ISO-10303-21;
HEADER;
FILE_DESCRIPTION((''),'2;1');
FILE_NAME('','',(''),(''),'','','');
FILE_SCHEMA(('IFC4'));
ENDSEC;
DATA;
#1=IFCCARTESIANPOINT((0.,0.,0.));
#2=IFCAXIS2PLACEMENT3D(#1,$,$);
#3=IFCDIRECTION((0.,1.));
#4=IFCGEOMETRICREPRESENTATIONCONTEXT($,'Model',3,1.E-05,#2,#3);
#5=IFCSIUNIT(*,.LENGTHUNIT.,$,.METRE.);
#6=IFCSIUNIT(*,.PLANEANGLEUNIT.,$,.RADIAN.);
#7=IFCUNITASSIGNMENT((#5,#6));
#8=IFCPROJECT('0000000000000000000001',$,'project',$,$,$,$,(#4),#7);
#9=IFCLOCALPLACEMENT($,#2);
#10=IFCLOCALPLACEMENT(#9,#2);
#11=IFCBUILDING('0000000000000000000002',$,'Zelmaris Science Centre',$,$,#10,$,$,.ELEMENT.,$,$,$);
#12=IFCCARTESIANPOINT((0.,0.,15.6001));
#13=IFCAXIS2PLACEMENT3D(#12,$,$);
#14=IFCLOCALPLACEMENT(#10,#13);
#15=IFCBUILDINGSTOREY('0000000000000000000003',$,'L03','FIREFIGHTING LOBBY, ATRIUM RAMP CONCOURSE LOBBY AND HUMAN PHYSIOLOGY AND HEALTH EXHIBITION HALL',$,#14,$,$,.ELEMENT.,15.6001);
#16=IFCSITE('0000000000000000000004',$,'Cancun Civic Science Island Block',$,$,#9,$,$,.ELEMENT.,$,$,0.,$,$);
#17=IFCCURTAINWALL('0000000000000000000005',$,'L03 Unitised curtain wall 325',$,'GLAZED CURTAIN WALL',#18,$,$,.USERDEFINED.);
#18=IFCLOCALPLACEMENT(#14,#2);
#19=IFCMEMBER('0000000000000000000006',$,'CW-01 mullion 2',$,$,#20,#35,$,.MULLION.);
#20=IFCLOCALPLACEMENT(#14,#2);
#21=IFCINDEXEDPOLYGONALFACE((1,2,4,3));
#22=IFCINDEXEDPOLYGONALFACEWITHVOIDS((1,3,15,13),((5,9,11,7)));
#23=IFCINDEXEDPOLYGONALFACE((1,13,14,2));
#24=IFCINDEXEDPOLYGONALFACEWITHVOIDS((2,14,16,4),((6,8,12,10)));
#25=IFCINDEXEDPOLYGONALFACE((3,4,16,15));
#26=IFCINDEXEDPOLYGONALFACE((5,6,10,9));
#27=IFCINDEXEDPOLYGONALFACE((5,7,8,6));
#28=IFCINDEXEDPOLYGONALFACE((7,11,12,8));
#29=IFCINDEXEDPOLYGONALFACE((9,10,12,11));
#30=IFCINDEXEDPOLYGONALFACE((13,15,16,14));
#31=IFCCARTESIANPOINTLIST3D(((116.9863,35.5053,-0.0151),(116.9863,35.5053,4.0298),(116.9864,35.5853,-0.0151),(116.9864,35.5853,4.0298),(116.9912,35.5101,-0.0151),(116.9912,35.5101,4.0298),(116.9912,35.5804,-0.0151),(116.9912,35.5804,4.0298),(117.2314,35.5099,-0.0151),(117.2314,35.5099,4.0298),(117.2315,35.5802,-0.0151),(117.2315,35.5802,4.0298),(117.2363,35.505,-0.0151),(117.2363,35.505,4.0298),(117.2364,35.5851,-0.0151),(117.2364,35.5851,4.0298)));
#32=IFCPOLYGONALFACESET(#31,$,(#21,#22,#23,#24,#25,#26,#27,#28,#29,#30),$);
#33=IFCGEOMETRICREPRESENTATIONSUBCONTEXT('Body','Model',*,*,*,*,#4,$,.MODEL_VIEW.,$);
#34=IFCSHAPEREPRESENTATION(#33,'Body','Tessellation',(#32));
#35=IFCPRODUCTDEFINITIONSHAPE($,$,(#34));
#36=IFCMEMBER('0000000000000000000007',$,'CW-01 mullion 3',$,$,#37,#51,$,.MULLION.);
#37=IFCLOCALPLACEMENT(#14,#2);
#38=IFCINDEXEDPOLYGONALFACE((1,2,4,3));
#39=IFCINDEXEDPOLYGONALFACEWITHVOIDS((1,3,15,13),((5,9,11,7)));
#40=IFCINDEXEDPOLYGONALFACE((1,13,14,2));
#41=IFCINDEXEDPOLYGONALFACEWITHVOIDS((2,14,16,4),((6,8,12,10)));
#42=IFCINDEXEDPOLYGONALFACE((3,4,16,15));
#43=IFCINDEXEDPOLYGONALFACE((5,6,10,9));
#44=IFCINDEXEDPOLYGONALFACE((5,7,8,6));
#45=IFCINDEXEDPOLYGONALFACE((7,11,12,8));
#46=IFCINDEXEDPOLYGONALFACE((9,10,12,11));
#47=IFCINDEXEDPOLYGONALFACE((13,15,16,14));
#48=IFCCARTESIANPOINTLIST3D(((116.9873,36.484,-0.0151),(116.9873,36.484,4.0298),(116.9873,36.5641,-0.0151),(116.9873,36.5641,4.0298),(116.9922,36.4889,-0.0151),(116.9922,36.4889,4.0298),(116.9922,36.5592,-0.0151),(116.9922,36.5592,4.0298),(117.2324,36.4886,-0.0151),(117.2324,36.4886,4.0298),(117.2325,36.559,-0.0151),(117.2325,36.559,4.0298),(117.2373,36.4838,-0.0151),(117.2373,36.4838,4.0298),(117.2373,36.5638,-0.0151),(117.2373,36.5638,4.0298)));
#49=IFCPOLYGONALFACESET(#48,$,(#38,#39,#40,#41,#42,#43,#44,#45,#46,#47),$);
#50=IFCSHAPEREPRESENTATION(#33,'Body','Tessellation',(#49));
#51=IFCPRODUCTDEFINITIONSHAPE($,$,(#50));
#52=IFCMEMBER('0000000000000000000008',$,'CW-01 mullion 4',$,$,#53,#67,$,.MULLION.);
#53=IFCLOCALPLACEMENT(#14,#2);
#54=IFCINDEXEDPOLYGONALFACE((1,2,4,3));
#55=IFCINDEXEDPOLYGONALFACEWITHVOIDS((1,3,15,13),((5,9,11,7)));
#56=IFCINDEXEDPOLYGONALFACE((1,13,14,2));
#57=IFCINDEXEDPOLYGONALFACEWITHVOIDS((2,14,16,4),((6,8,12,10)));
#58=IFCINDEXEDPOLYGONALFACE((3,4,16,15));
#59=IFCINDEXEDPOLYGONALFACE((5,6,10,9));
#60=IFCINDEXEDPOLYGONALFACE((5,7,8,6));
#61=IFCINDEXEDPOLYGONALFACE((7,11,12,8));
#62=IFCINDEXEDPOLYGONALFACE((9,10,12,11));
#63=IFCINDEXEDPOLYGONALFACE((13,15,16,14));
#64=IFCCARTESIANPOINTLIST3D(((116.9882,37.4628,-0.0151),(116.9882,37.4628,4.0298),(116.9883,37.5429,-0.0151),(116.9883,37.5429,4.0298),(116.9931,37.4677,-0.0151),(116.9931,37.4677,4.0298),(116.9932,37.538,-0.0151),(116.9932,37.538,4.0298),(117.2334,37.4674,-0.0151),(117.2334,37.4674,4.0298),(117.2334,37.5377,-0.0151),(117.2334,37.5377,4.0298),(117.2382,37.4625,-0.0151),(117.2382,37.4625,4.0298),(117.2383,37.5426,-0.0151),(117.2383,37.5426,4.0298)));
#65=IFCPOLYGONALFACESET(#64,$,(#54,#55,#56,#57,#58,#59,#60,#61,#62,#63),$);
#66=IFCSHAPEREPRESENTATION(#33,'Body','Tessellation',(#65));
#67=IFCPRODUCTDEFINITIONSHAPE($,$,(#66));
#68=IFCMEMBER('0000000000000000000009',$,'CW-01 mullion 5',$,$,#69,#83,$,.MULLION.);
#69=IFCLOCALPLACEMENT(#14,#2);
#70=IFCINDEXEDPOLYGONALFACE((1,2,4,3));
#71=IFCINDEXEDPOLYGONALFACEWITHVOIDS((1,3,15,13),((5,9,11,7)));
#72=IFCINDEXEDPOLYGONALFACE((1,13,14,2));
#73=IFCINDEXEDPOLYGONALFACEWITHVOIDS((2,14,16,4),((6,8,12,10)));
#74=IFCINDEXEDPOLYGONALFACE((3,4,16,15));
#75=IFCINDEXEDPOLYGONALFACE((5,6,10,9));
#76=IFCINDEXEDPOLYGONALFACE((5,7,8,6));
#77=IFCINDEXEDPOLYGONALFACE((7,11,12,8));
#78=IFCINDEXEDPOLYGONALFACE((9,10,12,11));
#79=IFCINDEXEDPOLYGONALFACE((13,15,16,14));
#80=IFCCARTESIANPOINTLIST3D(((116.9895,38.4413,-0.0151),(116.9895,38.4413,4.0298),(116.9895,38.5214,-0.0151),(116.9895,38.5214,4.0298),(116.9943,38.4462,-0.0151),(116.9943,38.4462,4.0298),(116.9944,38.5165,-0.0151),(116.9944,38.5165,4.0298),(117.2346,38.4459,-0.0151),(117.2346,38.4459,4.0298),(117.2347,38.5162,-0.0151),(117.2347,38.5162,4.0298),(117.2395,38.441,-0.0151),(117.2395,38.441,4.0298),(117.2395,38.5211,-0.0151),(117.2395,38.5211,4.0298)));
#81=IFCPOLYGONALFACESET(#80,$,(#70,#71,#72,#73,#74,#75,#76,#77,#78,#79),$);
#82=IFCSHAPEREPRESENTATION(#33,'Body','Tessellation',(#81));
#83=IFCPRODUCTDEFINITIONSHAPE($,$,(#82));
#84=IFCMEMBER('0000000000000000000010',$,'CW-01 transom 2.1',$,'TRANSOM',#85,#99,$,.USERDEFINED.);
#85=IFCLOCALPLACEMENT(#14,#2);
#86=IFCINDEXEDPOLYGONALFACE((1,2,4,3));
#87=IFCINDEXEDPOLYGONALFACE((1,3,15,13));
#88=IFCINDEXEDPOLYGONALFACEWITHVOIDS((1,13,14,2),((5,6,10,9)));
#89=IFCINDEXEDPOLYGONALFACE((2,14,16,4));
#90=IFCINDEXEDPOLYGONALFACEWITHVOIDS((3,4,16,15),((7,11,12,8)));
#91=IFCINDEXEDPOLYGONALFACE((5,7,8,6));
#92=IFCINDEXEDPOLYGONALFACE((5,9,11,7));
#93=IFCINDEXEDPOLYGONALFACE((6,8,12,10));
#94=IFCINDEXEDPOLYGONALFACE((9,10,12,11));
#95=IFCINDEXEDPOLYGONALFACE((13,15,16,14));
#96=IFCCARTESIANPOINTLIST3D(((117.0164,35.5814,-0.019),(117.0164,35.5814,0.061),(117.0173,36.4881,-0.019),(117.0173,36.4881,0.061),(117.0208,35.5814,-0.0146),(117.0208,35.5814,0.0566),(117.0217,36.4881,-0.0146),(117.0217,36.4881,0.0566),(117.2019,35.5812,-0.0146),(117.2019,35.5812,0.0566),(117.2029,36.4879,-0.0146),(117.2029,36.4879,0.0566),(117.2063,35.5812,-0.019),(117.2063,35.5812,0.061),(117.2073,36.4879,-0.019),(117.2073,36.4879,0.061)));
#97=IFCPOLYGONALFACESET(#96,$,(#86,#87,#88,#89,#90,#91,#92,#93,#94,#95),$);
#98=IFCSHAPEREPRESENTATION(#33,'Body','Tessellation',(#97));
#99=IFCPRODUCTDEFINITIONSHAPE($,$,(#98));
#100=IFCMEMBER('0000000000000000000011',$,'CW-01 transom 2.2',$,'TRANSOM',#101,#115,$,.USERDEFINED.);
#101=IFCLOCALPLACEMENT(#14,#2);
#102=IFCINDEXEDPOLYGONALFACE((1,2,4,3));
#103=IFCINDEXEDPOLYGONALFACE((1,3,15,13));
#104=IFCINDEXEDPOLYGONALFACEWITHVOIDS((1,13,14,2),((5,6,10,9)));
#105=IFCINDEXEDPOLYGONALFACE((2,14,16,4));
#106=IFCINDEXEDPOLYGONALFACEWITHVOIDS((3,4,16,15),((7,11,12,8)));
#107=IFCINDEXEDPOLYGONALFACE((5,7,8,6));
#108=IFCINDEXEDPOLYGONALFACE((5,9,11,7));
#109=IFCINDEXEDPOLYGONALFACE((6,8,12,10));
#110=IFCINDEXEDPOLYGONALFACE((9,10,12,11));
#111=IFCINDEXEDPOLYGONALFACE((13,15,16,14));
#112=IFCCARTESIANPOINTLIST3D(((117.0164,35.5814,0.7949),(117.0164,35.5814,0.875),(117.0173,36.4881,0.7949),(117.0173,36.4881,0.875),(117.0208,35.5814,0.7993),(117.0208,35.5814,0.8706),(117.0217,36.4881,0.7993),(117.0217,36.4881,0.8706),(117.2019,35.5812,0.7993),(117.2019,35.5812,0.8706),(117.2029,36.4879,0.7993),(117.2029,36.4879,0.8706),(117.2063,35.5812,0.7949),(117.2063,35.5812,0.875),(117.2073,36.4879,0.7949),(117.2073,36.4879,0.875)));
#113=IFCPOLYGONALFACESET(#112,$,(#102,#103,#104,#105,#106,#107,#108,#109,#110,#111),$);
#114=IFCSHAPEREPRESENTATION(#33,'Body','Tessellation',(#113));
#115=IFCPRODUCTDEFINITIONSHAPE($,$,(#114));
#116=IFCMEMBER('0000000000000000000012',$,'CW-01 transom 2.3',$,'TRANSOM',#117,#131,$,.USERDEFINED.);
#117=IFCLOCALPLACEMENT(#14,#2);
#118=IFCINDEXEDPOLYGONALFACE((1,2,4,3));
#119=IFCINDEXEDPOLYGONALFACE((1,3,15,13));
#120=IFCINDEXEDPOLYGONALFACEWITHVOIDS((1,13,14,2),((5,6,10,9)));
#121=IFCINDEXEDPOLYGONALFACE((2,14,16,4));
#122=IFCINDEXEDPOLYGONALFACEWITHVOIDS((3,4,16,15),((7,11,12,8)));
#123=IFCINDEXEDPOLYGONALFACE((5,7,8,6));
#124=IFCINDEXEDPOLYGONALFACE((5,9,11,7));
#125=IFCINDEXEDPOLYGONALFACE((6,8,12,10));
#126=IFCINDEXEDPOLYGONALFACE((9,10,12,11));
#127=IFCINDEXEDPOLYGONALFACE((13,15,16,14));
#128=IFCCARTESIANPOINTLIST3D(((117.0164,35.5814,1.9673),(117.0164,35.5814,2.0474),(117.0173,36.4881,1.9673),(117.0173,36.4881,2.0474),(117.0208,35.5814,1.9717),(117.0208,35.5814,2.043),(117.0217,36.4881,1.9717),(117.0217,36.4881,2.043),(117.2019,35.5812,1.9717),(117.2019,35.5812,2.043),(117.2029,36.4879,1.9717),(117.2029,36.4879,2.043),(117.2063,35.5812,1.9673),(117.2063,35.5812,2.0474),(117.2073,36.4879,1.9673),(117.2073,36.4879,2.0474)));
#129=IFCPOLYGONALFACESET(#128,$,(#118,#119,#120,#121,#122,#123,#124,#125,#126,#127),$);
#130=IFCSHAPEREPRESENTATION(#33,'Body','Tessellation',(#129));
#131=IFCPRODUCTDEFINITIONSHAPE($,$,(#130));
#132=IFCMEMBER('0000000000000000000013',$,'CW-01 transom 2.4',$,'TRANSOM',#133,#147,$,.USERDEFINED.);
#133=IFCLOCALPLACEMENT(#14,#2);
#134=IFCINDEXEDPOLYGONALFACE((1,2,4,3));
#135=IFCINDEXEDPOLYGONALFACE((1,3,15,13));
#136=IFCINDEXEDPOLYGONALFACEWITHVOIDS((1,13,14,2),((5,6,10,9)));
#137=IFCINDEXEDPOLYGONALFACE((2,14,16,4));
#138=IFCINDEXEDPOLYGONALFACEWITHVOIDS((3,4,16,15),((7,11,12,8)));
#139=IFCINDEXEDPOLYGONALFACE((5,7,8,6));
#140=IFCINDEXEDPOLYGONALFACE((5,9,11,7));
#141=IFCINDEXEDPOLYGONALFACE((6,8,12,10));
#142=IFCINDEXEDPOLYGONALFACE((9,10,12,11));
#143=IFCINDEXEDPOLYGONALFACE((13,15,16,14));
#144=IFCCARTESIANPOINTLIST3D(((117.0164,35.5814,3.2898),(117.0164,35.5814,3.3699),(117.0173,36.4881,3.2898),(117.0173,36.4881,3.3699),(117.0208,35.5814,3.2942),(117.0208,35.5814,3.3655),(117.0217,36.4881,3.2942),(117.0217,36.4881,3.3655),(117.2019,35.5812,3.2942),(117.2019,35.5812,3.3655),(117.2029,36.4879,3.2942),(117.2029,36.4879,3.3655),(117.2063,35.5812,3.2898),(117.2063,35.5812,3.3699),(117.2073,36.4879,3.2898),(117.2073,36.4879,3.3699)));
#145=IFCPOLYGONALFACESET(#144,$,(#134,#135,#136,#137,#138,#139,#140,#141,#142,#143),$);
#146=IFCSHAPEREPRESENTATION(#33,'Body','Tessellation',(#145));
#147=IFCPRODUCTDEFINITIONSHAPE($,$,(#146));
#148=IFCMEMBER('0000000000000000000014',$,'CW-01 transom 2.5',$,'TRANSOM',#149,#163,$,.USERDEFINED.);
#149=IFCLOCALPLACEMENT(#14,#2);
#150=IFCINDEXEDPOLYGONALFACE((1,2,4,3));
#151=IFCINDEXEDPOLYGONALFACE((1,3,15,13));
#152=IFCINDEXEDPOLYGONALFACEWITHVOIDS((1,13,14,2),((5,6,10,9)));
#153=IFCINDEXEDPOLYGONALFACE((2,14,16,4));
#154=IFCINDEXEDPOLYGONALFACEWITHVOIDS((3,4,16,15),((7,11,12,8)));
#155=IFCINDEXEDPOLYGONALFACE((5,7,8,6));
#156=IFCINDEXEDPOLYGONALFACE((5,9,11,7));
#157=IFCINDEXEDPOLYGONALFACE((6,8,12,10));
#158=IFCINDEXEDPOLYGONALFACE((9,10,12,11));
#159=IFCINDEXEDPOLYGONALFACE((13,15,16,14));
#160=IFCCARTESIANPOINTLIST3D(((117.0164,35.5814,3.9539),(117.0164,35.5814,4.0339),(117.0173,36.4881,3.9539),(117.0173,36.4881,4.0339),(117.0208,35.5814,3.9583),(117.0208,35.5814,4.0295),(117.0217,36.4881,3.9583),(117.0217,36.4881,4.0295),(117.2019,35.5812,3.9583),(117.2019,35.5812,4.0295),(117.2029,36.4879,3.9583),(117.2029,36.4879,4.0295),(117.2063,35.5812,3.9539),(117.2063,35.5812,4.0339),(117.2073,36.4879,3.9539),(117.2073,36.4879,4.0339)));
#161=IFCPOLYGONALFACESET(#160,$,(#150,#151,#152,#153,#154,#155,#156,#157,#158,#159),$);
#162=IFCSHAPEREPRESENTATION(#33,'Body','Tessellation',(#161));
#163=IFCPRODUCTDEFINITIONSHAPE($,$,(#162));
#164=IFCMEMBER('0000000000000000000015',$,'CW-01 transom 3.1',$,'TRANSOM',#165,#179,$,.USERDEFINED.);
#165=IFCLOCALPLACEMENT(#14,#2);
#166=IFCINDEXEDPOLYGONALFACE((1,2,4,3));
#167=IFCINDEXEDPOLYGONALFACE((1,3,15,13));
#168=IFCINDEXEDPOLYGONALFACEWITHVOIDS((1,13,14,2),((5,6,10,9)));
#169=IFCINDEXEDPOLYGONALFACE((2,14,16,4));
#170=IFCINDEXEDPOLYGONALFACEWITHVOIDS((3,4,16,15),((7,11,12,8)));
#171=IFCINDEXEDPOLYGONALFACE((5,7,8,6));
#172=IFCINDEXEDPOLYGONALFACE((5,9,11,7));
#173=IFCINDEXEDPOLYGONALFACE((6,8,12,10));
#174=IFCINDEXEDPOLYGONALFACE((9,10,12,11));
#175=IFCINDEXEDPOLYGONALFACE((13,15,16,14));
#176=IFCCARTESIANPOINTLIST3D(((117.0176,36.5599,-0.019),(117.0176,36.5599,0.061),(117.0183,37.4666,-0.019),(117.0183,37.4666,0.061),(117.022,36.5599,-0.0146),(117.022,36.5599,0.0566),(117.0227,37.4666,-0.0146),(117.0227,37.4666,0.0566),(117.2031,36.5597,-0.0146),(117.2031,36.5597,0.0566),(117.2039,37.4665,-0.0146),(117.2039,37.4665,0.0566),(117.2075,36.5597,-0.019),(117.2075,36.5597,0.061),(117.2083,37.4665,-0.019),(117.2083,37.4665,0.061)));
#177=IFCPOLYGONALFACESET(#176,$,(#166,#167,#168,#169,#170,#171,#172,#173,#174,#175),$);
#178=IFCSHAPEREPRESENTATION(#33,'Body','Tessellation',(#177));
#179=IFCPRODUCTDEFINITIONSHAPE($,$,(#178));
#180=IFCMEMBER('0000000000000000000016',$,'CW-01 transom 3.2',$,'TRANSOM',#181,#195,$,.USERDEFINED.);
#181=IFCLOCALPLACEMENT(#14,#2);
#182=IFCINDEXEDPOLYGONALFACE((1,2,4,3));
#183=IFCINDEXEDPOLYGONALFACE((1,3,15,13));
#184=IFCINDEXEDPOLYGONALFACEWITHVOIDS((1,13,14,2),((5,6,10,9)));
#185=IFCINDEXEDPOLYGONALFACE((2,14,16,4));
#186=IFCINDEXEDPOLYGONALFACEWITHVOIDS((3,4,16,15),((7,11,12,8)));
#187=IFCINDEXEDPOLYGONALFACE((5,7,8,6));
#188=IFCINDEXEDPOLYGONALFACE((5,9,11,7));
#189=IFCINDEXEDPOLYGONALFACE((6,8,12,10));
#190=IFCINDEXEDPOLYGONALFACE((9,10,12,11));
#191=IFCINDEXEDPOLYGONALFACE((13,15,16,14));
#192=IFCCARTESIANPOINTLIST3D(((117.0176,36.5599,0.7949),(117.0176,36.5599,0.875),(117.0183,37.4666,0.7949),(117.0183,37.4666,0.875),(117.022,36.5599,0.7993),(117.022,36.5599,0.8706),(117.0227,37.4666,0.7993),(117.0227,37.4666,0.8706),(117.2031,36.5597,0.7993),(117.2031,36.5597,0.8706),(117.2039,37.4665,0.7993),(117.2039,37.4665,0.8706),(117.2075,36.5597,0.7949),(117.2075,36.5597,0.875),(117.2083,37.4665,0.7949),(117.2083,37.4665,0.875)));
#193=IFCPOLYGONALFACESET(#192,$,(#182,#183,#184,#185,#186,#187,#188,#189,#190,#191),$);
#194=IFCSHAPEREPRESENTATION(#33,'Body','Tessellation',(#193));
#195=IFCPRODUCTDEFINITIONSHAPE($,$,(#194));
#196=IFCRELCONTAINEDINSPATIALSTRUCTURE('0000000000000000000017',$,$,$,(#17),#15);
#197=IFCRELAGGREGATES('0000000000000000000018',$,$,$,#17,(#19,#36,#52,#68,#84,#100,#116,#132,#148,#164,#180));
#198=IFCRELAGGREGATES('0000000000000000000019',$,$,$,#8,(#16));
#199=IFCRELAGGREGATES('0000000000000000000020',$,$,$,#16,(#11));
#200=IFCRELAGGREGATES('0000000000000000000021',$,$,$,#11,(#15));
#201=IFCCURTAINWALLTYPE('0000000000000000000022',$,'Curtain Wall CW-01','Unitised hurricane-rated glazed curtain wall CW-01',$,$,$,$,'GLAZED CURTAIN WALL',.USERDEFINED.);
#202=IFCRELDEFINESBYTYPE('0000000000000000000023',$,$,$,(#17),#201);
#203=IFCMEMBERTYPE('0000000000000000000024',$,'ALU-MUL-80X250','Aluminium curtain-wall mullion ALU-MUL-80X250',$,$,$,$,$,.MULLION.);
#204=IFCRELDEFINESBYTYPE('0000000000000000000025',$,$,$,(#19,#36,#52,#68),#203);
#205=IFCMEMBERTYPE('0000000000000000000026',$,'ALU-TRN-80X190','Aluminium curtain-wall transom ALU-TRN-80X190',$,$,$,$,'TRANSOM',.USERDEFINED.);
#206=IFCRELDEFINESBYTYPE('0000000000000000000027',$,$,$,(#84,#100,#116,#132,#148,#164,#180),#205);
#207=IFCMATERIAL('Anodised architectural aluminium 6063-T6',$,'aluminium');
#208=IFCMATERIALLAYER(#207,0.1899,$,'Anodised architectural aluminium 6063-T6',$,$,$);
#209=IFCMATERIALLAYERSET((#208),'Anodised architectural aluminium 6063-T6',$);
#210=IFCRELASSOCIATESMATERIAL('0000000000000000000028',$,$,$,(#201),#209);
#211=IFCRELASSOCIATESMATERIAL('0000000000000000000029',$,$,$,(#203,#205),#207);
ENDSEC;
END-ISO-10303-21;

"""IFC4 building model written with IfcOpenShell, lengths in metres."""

from ifc_helpers import new_model, si_unit, direction, frame, origin, origin_2d, place, context, subcontext, project, spatial, hollow_rectangle, extrude, material, layer, layer_set, material_profile, profile_set, type_object, element, aggregate, save


model = new_model("IFC4")

# Units and contexts
model_context = context("Model", 3, precision=1e-05, world=origin(), true_north=direction((0.0, 1.0)))
body_context = subcontext(model_context, "Body", "Model", "MODEL_VIEW")
ifc_project = project(units=[si_unit("LENGTHUNIT", "METRE"), si_unit("PLANEANGLEUNIT", "RADIAN")], contexts=[model_context])

# Site, building, storey
site_placement = place(None, origin())
site = spatial("IfcSite", under=ifc_project, at=site_placement, Name="Cancun Civic Science Island Block", CompositionType="ELEMENT", RefElevation=0.0)
building_placement = place(site_placement, origin())
building = spatial("IfcBuilding", under=site, at=building_placement, Name="Zelmaris Science Centre", CompositionType="ELEMENT")
storey_placement = place(building_placement, frame((0.0, 0.0, 15.6001)))
storey = spatial("IfcBuildingStorey", under=building, at=storey_placement, Name="L03", Description="FIREFIGHTING LOBBY, ATRIUM RAMP CONCOURSE LOBBY AND HUMAN PHYSIOLOGY AND HEALTH EXHIBITION HALL", CompositionType="ELEMENT", Elevation=15.6001)

# Curtain wall, members
ifc_material_1 = material(Name="Anodised architectural aluminium 6063-T6", Category="aluminium")
ifc_layer_1 = layer(ifc_material_1, 0.1899, Name="Anodised architectural aluminium 6063-T6")
ifc_layer_set_1 = layer_set([ifc_layer_1], Name="Anodised architectural aluminium 6063-T6")
curtain_wall_type = type_object("IfcCurtainWallType", Name="Curtain Wall CW-01", Description="Unitised hurricane-rated glazed curtain wall CW-01", ElementType="GLAZED CURTAIN WALL", PredefinedType="USERDEFINED", material=ifc_layer_set_1)
curtain_wall_placement = place(storey_placement, origin())
curtain_wall = element("IfcCurtainWall", 1, at=curtain_wall_placement, inside=storey, type_object=curtain_wall_type, Name="L03 Unitised curtain wall 325", ObjectType="GLAZED CURTAIN WALL", PredefinedType="USERDEFINED")
ifc_material_profile_1 = material_profile(ifc_material_1, hollow_rectangle(XDim=0.0801, YDim=0.25, WallThickness=0.0049, at=origin_2d()), Name="ALU-MUL-80X250")
ifc_profile_set_1 = profile_set([ifc_material_profile_1], Name="Anodised architectural aluminium 6063-T6")
member_type_1 = type_object("IfcMemberType", Name="ALU-MUL-80X250", Description="Aluminium curtain-wall mullion ALU-MUL-80X250", PredefinedType="MULLION", material=ifc_profile_set_1)
member_1_placement = place(storey_placement, frame((117.1113, 35.5452, -0.0151), z_axis=(0.0, 0.0, 1.0), x_axis=(0.001019, 0.999999, 0.0)))
member_1 = element("IfcMember", 2, at=member_1_placement, type_object=member_type_1, Name="CW-01 mullion 2", PredefinedType="MULLION", context=body_context, shape_type="SweptSolid", body=[
    extrude(hollow_rectangle(XDim=0.0801, YDim=0.25, WallThickness=0.0049, at=origin_2d()), origin(), (0.0, 0.0, 1.0), 4.0449),
])
member_2_placement = place(storey_placement, frame((117.1123, 36.5239, -0.0151), z_axis=(0.0, 0.0, 1.0), x_axis=(0.001019, 0.999999, 0.0)))
member_2 = element("IfcMember", 3, at=member_2_placement, type_object=member_type_1, Name="CW-01 mullion 3", PredefinedType="MULLION", context=body_context, shape_type="SweptSolid", body=[
    extrude(hollow_rectangle(XDim=0.0801, YDim=0.25, WallThickness=0.0049, at=origin_2d()), origin(), (0.0, 0.0, 1.0), 4.0449),
])
member_3_placement = place(storey_placement, frame((117.1133, 37.5027, -0.0151), z_axis=(0.0, 0.0, 1.0), x_axis=(0.001019, 0.999999, 0.0)))
member_3 = element("IfcMember", 4, at=member_3_placement, type_object=member_type_1, Name="CW-01 mullion 4", PredefinedType="MULLION", context=body_context, shape_type="SweptSolid", body=[
    extrude(hollow_rectangle(XDim=0.0801, YDim=0.25, WallThickness=0.0049, at=origin_2d()), origin(), (0.0, 0.0, 1.0), 4.0449),
])
member_4_placement = place(storey_placement, frame((117.1145, 38.4812, -0.0151), z_axis=(0.0, 0.0, 1.0), x_axis=(0.001019, 0.999999, 0.0)))
member_4 = element("IfcMember", 5, at=member_4_placement, type_object=member_type_1, Name="CW-01 mullion 5", PredefinedType="MULLION", context=body_context, shape_type="SweptSolid", body=[
    extrude(hollow_rectangle(XDim=0.0801, YDim=0.25, WallThickness=0.0049, at=origin_2d()), origin(), (0.0, 0.0, 1.0), 4.0449),
])
ifc_material_profile_2 = material_profile(ifc_material_1, hollow_rectangle(XDim=0.0801, YDim=0.1899, WallThickness=0.0044, at=origin_2d()), Name="ALU-TRN-80X190")
ifc_profile_set_2 = profile_set([ifc_material_profile_2], Name="Anodised architectural aluminium 6063-T6")
member_type_2 = type_object("IfcMemberType", Name="ALU-TRN-80X190", Description="Aluminium curtain-wall transom ALU-TRN-80X190", ElementType="TRANSOM", PredefinedType="USERDEFINED", material=ifc_profile_set_2)
member_5_placement = place(storey_placement, frame((117.1113, 35.5813, 0.021), z_axis=(0.001077, 0.999999, 0.0), x_axis=(0.0, 0.0, 1.0)))
member_5 = element("IfcMember", 6, at=member_5_placement, type_object=member_type_2, Name="CW-01 transom 2.1", ObjectType="TRANSOM", PredefinedType="USERDEFINED", context=body_context, shape_type="SweptSolid", body=[
    extrude(hollow_rectangle(XDim=0.0801, YDim=0.1899, WallThickness=0.0044, at=origin_2d()), origin(), (0.0, 0.0, 1.0), 0.9067),
])
member_6_placement = place(storey_placement, frame((117.1113, 35.5813, 0.835), z_axis=(0.001077, 0.999999, 0.0), x_axis=(0.0, 0.0, 1.0)))
member_6 = element("IfcMember", 7, at=member_6_placement, type_object=member_type_2, Name="CW-01 transom 2.2", ObjectType="TRANSOM", PredefinedType="USERDEFINED", context=body_context, shape_type="SweptSolid", body=[
    extrude(hollow_rectangle(XDim=0.0801, YDim=0.1899, WallThickness=0.0044, at=origin_2d()), origin(), (0.0, 0.0, 1.0), 0.9067),
])
member_7_placement = place(storey_placement, frame((117.1113, 35.5813, 2.0073), z_axis=(0.001077, 0.999999, 0.0), x_axis=(0.0, 0.0, 1.0)))
member_7 = element("IfcMember", 8, at=member_7_placement, type_object=member_type_2, Name="CW-01 transom 2.3", ObjectType="TRANSOM", PredefinedType="USERDEFINED", context=body_context, shape_type="SweptSolid", body=[
    extrude(hollow_rectangle(XDim=0.0801, YDim=0.1899, WallThickness=0.0044, at=origin_2d()), origin(), (0.0, 0.0, 1.0), 0.9067),
])
member_8_placement = place(storey_placement, frame((117.1113, 35.5813, 3.3298), z_axis=(0.001077, 0.999999, 0.0), x_axis=(0.0, 0.0, 1.0)))
member_8 = element("IfcMember", 9, at=member_8_placement, type_object=member_type_2, Name="CW-01 transom 2.4", ObjectType="TRANSOM", PredefinedType="USERDEFINED", context=body_context, shape_type="SweptSolid", body=[
    extrude(hollow_rectangle(XDim=0.0801, YDim=0.1899, WallThickness=0.0044, at=origin_2d()), origin(), (0.0, 0.0, 1.0), 0.9067),
])
member_9_placement = place(storey_placement, frame((117.1113, 35.5813, 3.9939), z_axis=(0.001077, 0.999999, 0.0), x_axis=(0.0, 0.0, 1.0)))
member_9 = element("IfcMember", 10, at=member_9_placement, type_object=member_type_2, Name="CW-01 transom 2.5", ObjectType="TRANSOM", PredefinedType="USERDEFINED", context=body_context, shape_type="SweptSolid", body=[
    extrude(hollow_rectangle(XDim=0.0801, YDim=0.1899, WallThickness=0.0044, at=origin_2d()), origin(), (0.0, 0.0, 1.0), 0.9067),
])
member_10_placement = place(storey_placement, frame((117.1125, 36.5598, 0.021), z_axis=(0.000808, 1.0, 0.0), x_axis=(0.0, 0.0, 1.0)))
member_10 = element("IfcMember", 11, at=member_10_placement, type_object=member_type_2, Name="CW-01 transom 3.1", ObjectType="TRANSOM", PredefinedType="USERDEFINED", context=body_context, shape_type="SweptSolid", body=[
    extrude(hollow_rectangle(XDim=0.0801, YDim=0.1899, WallThickness=0.0044, at=origin_2d()), origin(), (0.0, 0.0, 1.0), 0.9067),
])
member_11_placement = place(storey_placement, frame((117.1125, 36.5598, 0.835), z_axis=(0.000808, 1.0, 0.0), x_axis=(0.0, 0.0, 1.0)))
member_11 = element("IfcMember", 12, at=member_11_placement, type_object=member_type_2, Name="CW-01 transom 3.2", ObjectType="TRANSOM", PredefinedType="USERDEFINED", context=body_context, shape_type="SweptSolid", body=[
    extrude(hollow_rectangle(XDim=0.0801, YDim=0.1899, WallThickness=0.0044, at=origin_2d()), origin(), (0.0, 0.0, 1.0), 0.9067),
])
aggregate(curtain_wall, [member_1, member_2, member_3, member_4, member_5, member_6, member_7, member_8, member_9, member_10, member_11])

save(model, "model.ifc")
